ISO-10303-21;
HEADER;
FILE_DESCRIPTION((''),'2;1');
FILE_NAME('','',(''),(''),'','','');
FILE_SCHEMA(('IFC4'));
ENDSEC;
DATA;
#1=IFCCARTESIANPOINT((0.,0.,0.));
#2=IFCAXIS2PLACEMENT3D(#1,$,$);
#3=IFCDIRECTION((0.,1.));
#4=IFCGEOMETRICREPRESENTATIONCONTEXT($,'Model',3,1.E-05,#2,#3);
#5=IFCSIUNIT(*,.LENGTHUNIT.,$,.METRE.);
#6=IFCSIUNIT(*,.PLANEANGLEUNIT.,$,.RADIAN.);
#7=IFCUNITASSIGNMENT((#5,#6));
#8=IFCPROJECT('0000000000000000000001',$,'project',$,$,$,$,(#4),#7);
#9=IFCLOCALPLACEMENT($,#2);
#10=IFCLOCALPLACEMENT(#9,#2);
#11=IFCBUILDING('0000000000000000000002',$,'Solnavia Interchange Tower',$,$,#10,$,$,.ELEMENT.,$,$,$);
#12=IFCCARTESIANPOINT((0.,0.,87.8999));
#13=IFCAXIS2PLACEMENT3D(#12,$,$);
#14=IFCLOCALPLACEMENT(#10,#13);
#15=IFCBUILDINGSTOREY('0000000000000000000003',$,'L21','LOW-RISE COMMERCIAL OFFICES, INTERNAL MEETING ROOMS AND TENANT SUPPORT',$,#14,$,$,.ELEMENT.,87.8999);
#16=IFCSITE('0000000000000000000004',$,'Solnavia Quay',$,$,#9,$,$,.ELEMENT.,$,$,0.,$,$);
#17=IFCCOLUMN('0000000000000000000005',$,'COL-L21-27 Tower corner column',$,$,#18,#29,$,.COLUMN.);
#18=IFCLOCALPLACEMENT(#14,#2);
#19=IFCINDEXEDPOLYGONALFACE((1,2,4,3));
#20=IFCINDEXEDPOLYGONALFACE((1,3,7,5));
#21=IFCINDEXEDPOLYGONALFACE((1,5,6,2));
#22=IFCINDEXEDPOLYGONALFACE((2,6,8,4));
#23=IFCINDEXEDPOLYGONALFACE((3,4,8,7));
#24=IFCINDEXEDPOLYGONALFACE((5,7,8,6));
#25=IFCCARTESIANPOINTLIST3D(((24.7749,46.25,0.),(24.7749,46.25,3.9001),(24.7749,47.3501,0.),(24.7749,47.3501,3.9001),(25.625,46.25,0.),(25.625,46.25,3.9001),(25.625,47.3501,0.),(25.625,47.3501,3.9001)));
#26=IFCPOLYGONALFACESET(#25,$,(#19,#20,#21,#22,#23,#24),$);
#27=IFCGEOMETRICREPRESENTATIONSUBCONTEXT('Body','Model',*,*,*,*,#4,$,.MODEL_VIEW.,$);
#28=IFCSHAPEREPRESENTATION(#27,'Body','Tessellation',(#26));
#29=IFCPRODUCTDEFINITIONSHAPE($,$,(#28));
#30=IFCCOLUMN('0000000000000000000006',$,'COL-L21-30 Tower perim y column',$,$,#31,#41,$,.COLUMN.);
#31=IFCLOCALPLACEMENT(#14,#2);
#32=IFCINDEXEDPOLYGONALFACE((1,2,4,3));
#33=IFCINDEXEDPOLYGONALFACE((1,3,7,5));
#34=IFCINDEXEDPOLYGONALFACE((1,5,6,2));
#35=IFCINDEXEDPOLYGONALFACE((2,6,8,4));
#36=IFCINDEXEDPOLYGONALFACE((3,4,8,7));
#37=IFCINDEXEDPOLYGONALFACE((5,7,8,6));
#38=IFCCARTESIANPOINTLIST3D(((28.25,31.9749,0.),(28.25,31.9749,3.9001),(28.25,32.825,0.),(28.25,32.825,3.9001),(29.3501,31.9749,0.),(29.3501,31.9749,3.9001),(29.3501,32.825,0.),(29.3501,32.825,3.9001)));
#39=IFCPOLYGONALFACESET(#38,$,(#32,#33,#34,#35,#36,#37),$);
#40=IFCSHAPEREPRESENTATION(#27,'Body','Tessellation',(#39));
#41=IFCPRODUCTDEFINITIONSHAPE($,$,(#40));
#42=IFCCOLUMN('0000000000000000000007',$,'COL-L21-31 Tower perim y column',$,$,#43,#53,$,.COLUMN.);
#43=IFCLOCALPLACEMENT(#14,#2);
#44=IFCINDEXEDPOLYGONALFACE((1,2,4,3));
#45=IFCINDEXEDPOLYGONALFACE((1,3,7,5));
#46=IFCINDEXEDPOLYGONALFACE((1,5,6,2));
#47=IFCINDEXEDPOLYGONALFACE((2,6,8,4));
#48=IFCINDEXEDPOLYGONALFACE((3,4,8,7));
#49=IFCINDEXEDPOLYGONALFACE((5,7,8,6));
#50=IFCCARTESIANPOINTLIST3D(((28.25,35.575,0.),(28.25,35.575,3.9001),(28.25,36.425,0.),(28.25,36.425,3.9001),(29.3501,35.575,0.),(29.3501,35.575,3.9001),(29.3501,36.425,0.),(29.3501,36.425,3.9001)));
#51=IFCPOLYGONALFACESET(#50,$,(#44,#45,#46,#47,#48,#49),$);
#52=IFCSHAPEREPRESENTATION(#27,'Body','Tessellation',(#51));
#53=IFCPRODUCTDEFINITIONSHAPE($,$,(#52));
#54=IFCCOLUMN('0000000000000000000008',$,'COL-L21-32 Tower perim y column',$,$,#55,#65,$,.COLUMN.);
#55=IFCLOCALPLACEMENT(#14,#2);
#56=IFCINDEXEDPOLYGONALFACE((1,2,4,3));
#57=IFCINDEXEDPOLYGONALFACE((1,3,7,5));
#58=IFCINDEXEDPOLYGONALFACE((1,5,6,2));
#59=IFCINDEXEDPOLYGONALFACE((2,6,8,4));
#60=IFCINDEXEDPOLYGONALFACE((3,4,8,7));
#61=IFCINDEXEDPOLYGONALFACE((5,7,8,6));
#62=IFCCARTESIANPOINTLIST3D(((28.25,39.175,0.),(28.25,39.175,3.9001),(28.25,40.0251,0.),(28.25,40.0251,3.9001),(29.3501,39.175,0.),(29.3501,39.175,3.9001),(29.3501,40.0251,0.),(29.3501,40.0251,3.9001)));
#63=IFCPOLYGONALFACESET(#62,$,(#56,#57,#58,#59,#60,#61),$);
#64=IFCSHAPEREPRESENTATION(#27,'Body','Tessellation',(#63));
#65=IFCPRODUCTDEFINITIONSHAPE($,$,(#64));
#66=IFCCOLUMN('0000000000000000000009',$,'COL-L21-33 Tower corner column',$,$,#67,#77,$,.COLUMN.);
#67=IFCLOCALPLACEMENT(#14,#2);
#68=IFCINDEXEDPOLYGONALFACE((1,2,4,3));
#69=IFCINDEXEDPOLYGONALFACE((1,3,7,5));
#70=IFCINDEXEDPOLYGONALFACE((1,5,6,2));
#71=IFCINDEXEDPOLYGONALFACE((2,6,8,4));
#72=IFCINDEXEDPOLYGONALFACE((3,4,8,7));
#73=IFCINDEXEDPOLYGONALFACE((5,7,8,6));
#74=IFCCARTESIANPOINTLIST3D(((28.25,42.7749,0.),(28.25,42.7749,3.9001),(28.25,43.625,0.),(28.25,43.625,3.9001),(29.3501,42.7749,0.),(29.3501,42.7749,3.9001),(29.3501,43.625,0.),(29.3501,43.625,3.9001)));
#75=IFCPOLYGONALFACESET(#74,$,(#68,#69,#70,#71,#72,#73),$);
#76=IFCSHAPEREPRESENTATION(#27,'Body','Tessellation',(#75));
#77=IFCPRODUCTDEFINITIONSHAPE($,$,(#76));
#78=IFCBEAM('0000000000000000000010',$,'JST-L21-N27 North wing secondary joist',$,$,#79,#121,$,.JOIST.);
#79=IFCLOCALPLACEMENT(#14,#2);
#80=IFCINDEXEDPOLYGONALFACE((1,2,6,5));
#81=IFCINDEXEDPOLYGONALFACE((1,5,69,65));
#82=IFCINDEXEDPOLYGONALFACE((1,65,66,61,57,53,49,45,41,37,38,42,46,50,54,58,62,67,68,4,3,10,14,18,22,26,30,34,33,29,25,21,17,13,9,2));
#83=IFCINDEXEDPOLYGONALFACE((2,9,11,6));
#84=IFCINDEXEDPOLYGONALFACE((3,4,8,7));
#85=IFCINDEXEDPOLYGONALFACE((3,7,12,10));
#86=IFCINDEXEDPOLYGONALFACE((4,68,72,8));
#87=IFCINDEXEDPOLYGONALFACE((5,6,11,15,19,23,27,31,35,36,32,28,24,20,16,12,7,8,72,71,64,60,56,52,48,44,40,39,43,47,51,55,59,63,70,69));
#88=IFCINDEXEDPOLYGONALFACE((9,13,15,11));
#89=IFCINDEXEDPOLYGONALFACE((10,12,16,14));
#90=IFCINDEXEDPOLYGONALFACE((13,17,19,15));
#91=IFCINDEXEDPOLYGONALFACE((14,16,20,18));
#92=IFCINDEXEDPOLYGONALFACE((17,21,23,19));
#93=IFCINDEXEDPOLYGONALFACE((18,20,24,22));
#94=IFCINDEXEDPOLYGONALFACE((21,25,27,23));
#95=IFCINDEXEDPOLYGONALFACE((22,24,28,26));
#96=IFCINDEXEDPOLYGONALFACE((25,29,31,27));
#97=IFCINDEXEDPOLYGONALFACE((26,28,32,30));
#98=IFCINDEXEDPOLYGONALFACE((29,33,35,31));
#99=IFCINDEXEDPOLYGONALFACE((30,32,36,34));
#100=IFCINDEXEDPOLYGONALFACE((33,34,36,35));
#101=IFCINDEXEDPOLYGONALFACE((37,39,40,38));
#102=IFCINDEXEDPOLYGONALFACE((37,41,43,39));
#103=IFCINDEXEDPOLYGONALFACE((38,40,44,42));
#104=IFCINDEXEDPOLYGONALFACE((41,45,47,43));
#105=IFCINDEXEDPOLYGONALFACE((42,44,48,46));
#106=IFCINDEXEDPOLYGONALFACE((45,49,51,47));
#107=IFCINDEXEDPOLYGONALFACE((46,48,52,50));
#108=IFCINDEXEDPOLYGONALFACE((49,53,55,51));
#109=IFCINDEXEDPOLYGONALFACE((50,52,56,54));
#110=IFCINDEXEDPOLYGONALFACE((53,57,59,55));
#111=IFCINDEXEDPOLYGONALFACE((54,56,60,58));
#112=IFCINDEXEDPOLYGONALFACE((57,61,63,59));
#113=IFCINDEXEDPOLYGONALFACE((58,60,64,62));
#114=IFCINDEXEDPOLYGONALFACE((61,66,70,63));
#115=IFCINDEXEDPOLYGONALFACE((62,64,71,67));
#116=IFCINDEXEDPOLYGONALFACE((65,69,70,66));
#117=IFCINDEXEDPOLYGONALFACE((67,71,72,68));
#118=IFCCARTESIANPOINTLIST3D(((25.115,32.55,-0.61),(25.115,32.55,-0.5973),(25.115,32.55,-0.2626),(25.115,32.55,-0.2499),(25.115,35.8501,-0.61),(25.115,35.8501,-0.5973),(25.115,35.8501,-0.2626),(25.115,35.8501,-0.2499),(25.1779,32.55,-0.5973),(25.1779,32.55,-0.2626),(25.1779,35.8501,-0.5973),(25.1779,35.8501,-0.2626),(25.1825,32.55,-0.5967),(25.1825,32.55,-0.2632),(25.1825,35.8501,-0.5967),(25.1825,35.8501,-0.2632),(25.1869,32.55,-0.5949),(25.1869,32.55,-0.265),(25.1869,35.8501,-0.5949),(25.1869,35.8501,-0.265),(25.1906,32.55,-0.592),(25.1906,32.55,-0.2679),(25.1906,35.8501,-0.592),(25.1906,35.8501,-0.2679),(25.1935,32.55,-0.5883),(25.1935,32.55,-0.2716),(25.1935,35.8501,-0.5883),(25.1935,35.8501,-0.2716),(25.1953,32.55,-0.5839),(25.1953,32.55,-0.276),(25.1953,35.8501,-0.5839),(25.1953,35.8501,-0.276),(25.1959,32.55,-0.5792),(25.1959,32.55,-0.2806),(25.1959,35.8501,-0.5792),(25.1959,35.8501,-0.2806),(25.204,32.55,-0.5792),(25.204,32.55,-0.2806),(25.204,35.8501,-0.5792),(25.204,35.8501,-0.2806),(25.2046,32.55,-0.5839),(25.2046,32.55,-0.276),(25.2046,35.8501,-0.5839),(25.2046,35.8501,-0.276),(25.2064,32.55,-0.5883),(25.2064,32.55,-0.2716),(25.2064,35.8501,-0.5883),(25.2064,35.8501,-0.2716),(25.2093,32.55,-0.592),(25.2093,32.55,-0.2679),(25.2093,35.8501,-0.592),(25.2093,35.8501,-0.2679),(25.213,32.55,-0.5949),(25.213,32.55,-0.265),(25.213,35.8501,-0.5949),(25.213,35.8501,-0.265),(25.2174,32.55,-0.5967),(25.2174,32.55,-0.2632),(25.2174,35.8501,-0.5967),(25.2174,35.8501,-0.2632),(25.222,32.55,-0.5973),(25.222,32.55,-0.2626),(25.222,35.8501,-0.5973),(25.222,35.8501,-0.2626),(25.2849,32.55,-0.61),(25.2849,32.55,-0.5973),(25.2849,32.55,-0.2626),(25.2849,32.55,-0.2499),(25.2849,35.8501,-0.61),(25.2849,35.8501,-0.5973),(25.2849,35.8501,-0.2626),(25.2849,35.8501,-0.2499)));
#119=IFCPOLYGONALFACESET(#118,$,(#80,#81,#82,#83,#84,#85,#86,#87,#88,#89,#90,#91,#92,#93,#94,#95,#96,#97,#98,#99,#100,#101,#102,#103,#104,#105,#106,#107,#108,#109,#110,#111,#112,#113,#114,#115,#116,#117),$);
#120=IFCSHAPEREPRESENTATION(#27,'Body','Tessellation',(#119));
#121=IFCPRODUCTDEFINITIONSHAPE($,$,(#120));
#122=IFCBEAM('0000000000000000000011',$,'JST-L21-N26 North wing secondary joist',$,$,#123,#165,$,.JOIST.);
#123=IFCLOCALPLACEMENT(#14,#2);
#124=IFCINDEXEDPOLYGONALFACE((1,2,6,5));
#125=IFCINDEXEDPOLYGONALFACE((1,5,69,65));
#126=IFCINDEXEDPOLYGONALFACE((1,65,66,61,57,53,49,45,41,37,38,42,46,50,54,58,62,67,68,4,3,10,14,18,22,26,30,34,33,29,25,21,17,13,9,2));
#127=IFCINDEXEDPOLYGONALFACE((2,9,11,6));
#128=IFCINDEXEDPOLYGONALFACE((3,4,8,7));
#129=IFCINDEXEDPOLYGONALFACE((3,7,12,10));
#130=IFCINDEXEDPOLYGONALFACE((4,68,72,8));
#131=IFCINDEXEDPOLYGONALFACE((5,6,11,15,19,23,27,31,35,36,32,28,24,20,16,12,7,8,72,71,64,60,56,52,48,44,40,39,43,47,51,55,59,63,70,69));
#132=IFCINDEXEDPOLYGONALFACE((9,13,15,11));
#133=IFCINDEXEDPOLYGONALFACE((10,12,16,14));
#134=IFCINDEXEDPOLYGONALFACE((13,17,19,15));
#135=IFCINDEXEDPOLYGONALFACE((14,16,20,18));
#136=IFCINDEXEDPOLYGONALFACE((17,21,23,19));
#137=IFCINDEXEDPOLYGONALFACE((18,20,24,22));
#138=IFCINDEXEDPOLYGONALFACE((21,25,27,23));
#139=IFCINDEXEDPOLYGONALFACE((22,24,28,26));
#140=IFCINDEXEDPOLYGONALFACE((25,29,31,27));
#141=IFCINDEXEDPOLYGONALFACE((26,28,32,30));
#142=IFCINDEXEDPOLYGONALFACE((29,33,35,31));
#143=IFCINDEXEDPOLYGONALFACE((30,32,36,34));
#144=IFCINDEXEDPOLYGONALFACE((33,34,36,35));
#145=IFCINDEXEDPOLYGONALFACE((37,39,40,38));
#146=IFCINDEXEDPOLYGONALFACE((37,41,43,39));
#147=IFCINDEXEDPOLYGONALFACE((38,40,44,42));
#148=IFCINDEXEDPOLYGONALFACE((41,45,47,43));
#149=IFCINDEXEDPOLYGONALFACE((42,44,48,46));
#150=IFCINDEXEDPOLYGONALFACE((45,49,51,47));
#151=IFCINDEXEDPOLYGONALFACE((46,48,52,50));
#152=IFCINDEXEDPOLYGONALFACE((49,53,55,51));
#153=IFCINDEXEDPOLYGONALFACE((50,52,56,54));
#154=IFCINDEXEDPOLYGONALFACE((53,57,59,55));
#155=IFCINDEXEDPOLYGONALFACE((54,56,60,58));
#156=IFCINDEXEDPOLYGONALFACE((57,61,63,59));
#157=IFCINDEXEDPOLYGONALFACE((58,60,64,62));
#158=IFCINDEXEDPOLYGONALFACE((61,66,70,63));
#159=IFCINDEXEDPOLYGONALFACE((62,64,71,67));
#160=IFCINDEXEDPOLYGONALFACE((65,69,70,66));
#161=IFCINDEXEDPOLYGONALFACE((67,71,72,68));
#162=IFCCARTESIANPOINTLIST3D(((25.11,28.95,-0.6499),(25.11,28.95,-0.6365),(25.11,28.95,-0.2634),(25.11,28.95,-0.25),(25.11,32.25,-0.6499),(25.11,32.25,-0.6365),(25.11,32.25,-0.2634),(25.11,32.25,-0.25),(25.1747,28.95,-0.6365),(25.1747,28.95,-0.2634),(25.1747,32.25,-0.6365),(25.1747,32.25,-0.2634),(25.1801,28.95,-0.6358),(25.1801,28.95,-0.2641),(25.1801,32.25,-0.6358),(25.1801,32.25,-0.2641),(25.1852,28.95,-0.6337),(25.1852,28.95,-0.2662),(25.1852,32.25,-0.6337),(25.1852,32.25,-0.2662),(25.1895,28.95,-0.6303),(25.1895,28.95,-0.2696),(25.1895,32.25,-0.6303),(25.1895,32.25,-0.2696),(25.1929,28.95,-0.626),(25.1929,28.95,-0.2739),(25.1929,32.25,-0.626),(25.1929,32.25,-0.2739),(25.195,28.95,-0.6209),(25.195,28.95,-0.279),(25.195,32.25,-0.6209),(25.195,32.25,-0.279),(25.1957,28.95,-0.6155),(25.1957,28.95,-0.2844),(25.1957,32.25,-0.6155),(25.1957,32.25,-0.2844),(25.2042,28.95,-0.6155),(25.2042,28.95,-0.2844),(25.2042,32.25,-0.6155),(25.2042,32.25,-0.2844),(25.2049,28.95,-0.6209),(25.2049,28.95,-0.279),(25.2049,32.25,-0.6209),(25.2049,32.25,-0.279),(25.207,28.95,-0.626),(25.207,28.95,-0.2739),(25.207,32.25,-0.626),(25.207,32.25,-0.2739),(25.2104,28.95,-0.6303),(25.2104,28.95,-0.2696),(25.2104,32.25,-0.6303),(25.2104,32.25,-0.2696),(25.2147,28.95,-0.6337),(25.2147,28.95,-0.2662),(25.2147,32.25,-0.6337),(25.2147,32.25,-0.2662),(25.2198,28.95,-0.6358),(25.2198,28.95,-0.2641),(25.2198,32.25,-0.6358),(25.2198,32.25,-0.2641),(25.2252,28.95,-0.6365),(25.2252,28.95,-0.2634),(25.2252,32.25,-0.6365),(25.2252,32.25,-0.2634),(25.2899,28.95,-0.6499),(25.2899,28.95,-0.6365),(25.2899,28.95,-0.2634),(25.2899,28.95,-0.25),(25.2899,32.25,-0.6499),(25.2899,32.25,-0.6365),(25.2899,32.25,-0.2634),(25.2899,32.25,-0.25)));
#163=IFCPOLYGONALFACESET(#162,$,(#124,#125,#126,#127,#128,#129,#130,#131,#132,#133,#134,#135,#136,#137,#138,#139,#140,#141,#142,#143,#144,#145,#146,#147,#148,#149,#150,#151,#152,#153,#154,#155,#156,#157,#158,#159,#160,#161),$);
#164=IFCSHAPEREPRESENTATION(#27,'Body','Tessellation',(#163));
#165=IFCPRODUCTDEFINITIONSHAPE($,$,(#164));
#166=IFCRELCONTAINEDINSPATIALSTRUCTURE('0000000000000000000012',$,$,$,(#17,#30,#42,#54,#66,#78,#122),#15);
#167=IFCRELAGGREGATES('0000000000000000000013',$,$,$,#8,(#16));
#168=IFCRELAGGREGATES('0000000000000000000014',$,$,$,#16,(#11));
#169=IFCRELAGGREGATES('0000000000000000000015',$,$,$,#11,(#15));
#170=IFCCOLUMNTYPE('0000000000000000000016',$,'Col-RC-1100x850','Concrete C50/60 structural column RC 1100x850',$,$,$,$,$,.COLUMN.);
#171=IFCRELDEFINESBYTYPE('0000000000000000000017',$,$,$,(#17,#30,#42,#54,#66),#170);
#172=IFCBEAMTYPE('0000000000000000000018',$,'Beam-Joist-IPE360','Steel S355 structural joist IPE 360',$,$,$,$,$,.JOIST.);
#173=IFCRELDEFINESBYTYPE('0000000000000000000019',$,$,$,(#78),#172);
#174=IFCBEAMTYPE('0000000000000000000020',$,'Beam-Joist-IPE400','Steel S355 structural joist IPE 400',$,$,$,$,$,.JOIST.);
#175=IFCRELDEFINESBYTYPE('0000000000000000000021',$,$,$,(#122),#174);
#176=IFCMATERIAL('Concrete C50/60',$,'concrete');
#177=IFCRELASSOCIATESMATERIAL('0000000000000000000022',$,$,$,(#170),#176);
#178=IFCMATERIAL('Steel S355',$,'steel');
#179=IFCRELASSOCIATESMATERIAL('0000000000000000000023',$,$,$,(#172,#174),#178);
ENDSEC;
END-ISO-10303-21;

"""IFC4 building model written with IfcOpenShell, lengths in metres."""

from ifc_helpers import new_model, si_unit, direction, frame, origin, origin_2d, place, context, subcontext, project, spatial, rectangle, i_section, extrude, material, material_profile, profile_set, type_object, element, save


model = new_model("IFC4")

# Units and contexts
model_context = context("Model", 3, precision=1e-05, world=origin(), true_north=direction((0.0, 1.0)))
body_context = subcontext(model_context, "Body", "Model", "MODEL_VIEW")
ifc_project = project(units=[si_unit("LENGTHUNIT", "METRE"), si_unit("PLANEANGLEUNIT", "RADIAN")], contexts=[model_context])

# Site, building, storey
site_placement = place(None, origin())
site = spatial("IfcSite", under=ifc_project, at=site_placement, Name="Solnavia Quay", CompositionType="ELEMENT", RefElevation=0.0)
building_placement = place(site_placement, origin())
building = spatial("IfcBuilding", under=site, at=building_placement, Name="Solnavia Interchange Tower", CompositionType="ELEMENT")
storey_placement = place(building_placement, frame((0.0, 0.0, 87.8999)))
storey = spatial("IfcBuildingStorey", under=building, at=storey_placement, Name="L21", Description="LOW-RISE COMMERCIAL OFFICES, INTERNAL MEETING ROOMS AND TENANT SUPPORT", CompositionType="ELEMENT", Elevation=87.8999)

# Columns
ifc_material_1 = material(Name="Concrete C50/60", Category="concrete")
ifc_material_profile_1 = material_profile(ifc_material_1, rectangle(XDim=0.8501, YDim=1.1001, at=origin_2d()), Name="RC 1100x850")
ifc_profile_set_1 = profile_set([ifc_material_profile_1], Name="Concrete C50/60")
column_type = type_object("IfcColumnType", Name="Col-RC-1100x850", Description="Concrete C50/60 structural column RC 1100x850", PredefinedType="COLUMN", material=ifc_profile_set_1)
for number, where, z_axis, x_axis, name in (
    (1, (25.2, 46.8, 0.0), (0.0, 0.0, 1.0), (1.0, 0.0, 0.0), "COL-L21-27 Tower corner column"),
    (2, (28.8, 32.3999, 0.0), (0.0, 0.0, 1.0), (0.0, 1.0, 0.0), "COL-L21-30 Tower perim y column"),
    (3, (28.8, 36.0, 0.0), (0.0, 0.0, 1.0), (0.0, 1.0, 0.0), "COL-L21-31 Tower perim y column"),
    (4, (28.8, 39.6001, 0.0), (0.0, 0.0, 1.0), (0.0, 1.0, 0.0), "COL-L21-32 Tower perim y column"),
    (5, (28.8, 43.2, 0.0), (0.0, 0.0, 1.0), (0.0, 1.0, 0.0), "COL-L21-33 Tower corner column"),
):
    element("IfcColumn", number, at=place(storey_placement, frame(where, z_axis=z_axis, x_axis=x_axis)), inside=storey, type_object=column_type, Name=name, PredefinedType="COLUMN", context=body_context, shape_type="SweptSolid", body=[
        extrude(rectangle(XDim=0.8501, YDim=1.1001, at=origin_2d()), origin(), (0.0, 0.0, 1.0), 3.9001),
    ])

# Beams
ifc_material_2 = material(Name="Steel S355", Category="steel")
ifc_material_profile_2 = material_profile(ifc_material_2, i_section(OverallWidth=0.1699, OverallDepth=0.3601, WebThickness=0.0081, FlangeThickness=0.0127, FilletRadius=0.0181, at=origin_2d()), Name="IPE 360")
ifc_profile_set_2 = profile_set([ifc_material_profile_2], Name="Steel S355")
beam_type_1 = type_object("IfcBeamType", Name="Beam-Joist-IPE360", Description="Steel S355 structural joist IPE 360", PredefinedType="JOIST", material=ifc_profile_set_2)
beam_1_placement = place(storey_placement, frame((25.2, 32.55, -0.4299), z_axis=(0.0, 1.0, 0.0), x_axis=(-1.0, 0.0, 0.0)))
element("IfcBeam", 6, at=beam_1_placement, inside=storey, type_object=beam_type_1, Name="JST-L21-N27 North wing secondary joist", PredefinedType="JOIST", context=body_context, shape_type="SweptSolid", body=[
    extrude(i_section(OverallWidth=0.1699, OverallDepth=0.3601, WebThickness=0.0081, FlangeThickness=0.0127, FilletRadius=0.0181, at=origin_2d()), origin(), (0.0, 0.0, 1.0), 3.3),
])
ifc_material_profile_3 = material_profile(ifc_material_2, i_section(OverallWidth=0.1799, OverallDepth=0.3999, WebThickness=0.0085, FlangeThickness=0.0134, FilletRadius=0.021, at=origin_2d()), Name="IPE 400")
ifc_profile_set_3 = profile_set([ifc_material_profile_3], Name="Steel S355")
beam_type_2 = type_object("IfcBeamType", Name="Beam-Joist-IPE400", Description="Steel S355 structural joist IPE 400", PredefinedType="JOIST", material=ifc_profile_set_3)
beam_2_placement = place(storey_placement, frame((25.2, 28.95, -0.45), z_axis=(0.0, 1.0, 0.0), x_axis=(-1.0, 0.0, 0.0)))
element("IfcBeam", 7, at=beam_2_placement, inside=storey, type_object=beam_type_2, Name="JST-L21-N26 North wing secondary joist", PredefinedType="JOIST", context=body_context, shape_type="SweptSolid", body=[
    extrude(i_section(OverallWidth=0.1799, OverallDepth=0.3999, WebThickness=0.0085, FlangeThickness=0.0134, FilletRadius=0.021, at=origin_2d()), origin(), (0.0, 0.0, 1.0), 3.3),
])

save(model, "model.ifc")
